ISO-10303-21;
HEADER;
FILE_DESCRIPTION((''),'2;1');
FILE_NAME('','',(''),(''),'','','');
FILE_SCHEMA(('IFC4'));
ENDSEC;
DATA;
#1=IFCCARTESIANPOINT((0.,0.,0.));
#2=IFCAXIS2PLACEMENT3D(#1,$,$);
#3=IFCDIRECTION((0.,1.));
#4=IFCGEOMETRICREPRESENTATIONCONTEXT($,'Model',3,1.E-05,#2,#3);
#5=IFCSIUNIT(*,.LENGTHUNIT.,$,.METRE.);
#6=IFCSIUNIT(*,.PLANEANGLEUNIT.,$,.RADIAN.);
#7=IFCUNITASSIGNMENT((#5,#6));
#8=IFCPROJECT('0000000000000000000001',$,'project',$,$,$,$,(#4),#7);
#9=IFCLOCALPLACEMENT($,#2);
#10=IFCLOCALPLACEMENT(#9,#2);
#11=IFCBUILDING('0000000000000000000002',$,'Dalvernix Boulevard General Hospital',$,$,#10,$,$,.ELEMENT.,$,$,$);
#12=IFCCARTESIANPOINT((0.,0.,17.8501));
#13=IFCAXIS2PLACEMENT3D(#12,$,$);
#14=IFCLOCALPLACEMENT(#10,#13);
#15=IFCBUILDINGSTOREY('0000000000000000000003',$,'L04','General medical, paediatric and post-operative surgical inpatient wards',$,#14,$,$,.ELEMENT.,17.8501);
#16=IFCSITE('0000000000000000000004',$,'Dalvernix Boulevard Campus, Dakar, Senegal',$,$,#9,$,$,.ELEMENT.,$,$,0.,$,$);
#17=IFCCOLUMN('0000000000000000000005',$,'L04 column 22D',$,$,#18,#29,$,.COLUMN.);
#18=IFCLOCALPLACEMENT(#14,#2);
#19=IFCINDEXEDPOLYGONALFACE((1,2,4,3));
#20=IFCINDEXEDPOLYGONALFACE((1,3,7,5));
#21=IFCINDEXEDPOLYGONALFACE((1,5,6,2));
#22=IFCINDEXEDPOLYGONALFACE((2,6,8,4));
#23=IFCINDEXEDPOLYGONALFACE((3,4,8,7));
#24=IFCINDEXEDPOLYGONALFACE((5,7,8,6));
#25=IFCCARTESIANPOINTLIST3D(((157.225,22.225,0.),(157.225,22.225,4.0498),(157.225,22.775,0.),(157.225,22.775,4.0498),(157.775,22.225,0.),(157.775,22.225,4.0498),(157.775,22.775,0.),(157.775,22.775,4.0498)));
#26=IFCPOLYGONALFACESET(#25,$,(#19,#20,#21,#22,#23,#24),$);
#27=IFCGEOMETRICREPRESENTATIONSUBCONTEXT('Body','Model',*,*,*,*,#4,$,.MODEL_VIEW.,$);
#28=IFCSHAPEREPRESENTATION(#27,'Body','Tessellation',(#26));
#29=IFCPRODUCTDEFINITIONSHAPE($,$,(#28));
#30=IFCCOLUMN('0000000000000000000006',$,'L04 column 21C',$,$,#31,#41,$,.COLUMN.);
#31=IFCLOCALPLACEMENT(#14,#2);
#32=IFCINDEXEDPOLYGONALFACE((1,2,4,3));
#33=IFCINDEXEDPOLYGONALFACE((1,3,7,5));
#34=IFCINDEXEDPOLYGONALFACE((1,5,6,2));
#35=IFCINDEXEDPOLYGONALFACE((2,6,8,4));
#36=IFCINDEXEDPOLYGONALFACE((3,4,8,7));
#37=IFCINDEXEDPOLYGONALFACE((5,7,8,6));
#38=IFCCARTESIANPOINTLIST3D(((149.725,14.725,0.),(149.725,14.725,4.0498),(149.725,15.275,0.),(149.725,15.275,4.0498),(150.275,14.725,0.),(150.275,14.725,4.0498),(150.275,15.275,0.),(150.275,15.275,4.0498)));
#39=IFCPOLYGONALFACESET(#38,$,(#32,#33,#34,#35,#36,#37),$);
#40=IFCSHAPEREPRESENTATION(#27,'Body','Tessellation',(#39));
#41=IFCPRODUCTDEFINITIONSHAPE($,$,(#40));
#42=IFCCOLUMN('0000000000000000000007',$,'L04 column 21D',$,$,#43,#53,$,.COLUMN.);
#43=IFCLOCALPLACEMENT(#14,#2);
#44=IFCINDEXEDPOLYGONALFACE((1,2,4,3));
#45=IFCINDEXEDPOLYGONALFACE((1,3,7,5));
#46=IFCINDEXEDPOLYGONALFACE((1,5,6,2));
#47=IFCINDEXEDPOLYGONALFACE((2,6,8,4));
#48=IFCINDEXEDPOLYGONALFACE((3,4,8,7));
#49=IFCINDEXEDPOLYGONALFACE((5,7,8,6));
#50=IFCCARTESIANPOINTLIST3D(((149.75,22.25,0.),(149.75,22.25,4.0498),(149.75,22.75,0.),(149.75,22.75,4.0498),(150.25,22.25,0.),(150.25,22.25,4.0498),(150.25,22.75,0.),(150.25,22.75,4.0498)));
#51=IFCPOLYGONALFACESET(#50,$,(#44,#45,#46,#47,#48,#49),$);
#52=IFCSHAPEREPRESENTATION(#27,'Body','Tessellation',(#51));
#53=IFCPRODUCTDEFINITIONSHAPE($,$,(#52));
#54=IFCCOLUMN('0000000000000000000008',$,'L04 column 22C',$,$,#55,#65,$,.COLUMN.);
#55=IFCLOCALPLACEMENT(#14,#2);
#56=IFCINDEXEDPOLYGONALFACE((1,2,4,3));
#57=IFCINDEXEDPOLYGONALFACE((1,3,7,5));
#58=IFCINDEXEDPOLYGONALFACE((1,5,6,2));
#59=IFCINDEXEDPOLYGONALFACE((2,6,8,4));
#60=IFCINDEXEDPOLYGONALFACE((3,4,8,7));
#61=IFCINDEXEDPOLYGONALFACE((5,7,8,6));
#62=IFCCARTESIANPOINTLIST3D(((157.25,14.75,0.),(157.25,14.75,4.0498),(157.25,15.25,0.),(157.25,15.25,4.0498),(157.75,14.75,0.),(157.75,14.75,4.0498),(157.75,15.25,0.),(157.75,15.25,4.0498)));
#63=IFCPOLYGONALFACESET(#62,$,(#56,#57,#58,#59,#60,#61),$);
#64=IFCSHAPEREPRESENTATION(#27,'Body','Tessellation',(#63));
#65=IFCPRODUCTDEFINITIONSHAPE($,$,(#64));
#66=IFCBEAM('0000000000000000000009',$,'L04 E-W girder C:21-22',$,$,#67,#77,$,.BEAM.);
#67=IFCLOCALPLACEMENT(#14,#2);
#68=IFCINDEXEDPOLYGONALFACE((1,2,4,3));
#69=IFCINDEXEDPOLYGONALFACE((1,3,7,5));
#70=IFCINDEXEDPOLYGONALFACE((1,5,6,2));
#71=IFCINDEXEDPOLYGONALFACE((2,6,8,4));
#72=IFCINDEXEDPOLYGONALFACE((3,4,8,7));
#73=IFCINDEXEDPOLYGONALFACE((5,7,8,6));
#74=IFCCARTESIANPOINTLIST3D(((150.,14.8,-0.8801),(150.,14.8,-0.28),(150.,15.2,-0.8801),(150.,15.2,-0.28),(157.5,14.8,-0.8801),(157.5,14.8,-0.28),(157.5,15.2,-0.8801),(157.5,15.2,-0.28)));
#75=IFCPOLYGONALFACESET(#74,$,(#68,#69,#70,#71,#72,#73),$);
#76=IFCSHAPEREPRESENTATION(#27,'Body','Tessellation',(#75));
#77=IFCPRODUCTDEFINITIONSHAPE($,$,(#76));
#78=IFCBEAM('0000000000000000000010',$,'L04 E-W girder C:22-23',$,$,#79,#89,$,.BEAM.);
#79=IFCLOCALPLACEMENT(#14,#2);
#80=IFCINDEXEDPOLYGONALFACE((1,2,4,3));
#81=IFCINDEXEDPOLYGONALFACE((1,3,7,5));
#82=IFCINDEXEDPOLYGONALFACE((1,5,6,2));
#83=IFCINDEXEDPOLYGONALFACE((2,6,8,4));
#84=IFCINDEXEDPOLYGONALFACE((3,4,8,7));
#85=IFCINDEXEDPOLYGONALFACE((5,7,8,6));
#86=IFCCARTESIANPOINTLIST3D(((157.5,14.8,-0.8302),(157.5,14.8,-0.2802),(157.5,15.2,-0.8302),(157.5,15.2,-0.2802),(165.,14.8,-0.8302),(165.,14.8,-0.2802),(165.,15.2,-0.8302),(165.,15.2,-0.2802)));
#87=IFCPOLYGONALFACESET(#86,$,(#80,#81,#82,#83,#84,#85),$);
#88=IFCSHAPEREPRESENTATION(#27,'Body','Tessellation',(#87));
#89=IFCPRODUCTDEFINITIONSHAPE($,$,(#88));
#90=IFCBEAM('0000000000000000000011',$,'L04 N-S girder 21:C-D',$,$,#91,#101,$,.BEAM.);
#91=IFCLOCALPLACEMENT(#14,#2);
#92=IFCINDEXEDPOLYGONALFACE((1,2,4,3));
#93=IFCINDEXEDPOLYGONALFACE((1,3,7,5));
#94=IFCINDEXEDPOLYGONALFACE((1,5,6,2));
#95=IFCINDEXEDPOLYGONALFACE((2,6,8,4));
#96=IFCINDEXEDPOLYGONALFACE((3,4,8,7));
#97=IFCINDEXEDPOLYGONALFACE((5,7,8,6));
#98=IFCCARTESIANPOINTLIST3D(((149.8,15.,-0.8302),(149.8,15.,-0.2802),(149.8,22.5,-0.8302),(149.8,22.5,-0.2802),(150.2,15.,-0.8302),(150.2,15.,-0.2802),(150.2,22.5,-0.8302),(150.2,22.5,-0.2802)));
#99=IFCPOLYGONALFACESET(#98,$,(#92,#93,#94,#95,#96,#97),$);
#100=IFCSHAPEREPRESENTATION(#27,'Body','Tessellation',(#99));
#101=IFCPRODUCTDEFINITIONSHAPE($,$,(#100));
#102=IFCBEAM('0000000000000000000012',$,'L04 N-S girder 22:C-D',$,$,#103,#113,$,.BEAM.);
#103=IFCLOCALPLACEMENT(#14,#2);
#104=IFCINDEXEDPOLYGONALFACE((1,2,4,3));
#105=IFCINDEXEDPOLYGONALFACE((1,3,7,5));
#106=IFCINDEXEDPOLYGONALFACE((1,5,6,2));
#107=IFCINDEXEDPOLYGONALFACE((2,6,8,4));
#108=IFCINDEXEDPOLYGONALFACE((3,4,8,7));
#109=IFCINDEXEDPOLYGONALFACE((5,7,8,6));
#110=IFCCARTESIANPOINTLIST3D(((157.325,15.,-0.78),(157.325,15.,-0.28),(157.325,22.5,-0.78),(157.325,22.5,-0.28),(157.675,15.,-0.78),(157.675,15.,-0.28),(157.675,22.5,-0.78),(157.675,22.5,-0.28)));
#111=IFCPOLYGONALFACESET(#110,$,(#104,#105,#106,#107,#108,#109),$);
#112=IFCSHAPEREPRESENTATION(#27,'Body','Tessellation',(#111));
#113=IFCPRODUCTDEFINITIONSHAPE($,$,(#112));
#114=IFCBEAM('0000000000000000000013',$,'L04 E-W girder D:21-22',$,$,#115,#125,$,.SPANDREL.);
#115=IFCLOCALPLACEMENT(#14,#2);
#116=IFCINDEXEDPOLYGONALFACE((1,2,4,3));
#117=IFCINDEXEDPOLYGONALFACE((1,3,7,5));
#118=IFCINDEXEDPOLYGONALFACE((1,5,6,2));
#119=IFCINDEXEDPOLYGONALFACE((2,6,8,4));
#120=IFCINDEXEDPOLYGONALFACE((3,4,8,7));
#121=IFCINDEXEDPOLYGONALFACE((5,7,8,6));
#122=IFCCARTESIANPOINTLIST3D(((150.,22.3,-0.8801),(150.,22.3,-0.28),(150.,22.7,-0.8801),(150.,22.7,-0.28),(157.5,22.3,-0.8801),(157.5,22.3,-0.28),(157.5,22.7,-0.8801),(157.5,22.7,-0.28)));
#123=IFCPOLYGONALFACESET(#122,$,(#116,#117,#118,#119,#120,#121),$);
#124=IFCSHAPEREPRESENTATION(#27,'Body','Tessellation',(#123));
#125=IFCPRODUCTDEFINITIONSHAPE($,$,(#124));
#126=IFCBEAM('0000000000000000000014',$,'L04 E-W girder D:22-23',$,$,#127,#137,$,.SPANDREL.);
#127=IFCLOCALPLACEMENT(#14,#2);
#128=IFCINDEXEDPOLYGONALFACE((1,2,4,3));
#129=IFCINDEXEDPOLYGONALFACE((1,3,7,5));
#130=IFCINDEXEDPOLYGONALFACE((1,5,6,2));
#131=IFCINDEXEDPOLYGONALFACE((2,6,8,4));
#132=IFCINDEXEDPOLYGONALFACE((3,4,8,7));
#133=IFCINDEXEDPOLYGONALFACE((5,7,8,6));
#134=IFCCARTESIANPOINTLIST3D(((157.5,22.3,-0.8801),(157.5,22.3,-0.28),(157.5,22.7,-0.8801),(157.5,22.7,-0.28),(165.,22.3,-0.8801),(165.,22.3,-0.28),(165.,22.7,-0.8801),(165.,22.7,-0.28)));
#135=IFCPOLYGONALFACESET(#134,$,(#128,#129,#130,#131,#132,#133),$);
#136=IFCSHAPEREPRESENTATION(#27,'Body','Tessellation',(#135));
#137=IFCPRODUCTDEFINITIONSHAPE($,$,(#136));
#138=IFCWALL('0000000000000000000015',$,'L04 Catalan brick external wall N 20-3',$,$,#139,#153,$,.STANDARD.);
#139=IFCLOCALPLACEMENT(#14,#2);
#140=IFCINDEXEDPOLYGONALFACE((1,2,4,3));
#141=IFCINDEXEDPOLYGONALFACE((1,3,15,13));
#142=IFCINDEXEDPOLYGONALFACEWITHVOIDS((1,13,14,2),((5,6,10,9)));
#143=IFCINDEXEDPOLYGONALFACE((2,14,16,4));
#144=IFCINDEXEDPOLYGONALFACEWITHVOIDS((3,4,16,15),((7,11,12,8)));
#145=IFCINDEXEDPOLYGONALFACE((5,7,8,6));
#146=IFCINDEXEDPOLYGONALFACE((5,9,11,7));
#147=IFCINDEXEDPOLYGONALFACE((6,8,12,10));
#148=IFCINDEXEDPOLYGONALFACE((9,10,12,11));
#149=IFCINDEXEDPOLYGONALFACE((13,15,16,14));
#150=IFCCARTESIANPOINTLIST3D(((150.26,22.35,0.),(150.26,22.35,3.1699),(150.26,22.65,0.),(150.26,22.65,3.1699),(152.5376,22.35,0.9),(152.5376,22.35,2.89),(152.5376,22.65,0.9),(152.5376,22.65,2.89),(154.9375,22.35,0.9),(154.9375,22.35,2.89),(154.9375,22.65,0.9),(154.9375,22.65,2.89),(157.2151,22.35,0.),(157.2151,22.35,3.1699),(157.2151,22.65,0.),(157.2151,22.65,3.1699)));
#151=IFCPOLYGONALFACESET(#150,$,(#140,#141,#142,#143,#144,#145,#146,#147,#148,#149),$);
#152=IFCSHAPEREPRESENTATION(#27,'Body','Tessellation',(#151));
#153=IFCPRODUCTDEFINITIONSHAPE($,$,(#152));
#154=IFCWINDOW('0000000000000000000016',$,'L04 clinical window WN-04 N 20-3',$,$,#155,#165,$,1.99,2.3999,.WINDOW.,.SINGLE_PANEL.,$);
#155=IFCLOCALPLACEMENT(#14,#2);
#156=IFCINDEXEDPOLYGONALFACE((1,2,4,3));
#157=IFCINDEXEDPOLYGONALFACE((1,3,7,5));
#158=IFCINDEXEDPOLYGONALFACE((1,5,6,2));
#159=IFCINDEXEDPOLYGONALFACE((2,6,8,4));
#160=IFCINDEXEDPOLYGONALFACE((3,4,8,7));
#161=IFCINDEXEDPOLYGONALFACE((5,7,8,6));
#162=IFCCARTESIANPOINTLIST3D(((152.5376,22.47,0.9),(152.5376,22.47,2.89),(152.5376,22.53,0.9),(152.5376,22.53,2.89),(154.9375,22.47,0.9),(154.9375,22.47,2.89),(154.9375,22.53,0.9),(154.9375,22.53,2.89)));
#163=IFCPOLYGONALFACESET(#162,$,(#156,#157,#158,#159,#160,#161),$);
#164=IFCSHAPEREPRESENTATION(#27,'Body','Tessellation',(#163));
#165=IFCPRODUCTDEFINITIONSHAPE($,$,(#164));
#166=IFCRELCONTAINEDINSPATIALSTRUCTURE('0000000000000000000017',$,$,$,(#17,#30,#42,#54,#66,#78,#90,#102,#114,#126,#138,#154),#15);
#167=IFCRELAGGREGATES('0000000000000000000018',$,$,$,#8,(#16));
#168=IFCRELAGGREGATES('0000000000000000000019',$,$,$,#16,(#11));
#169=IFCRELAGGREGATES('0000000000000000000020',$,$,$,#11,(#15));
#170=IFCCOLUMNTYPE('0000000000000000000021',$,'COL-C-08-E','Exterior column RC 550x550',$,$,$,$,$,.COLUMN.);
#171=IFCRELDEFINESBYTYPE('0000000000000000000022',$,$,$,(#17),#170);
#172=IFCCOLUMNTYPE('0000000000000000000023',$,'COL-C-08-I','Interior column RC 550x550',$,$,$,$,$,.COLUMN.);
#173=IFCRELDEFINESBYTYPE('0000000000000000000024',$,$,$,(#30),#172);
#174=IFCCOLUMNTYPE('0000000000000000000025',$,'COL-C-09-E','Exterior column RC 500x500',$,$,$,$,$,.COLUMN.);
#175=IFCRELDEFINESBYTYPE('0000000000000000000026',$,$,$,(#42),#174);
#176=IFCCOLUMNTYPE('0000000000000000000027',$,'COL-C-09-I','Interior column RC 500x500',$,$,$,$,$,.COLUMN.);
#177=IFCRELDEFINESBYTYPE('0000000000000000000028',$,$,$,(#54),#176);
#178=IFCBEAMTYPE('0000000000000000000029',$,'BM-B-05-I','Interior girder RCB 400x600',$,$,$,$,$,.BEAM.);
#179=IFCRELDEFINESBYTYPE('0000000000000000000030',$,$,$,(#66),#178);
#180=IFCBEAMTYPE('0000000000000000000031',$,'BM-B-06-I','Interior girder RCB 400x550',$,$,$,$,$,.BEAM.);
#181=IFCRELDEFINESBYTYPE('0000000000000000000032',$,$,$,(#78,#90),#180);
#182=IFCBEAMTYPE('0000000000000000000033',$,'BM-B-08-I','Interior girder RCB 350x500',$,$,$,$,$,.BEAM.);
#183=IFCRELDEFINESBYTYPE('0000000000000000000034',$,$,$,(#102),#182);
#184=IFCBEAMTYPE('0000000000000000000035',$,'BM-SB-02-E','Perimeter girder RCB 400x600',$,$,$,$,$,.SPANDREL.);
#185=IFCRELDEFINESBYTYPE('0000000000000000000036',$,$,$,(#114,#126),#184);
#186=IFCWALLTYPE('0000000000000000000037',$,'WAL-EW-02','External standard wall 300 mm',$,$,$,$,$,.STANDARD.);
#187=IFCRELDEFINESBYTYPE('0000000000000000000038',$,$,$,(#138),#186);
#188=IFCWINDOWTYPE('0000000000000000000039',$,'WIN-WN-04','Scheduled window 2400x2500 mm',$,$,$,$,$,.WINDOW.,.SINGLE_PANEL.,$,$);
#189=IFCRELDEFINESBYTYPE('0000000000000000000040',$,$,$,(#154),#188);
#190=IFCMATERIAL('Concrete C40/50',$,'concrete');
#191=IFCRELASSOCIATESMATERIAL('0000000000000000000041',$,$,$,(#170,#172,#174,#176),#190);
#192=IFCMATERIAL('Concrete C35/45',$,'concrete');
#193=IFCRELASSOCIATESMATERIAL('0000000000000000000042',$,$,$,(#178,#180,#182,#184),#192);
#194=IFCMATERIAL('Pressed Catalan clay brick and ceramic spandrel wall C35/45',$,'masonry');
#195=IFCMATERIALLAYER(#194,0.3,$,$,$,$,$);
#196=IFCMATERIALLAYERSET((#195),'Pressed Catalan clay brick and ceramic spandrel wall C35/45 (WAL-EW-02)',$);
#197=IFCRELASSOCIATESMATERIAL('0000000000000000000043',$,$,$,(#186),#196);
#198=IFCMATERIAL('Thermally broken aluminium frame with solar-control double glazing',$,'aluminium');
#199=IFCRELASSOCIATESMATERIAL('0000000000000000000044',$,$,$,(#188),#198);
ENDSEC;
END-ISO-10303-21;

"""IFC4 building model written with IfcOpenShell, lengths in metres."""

from ifc_helpers import new_model, si_unit, direction, frame, frame_2d, origin, origin_2d, place, context, subcontext, project, spatial, rectangle, extrude, material, layer, layer_set, material_profile, profile_set, type_object, element, fill, save


model = new_model("IFC4")

# Units and contexts
model_context = context("Model", 3, precision=1e-05, world=origin(), true_north=direction((0.0, 1.0)))
body_context = subcontext(model_context, "Body", "Model", "MODEL_VIEW")
ifc_project = project(units=[si_unit("LENGTHUNIT", "METRE"), si_unit("PLANEANGLEUNIT", "RADIAN")], contexts=[model_context])

# Site, building, storey
site_placement = place(None, origin())
site = spatial("IfcSite", under=ifc_project, at=site_placement, Name="Dalvernix Boulevard Campus, Dakar, Senegal", CompositionType="ELEMENT", RefElevation=0.0)
building_placement = place(site_placement, origin())
building = spatial("IfcBuilding", under=site, at=building_placement, Name="Dalvernix Boulevard General Hospital", CompositionType="ELEMENT")
storey_placement = place(building_placement, frame((0.0, 0.0, 17.8501)))
storey = spatial("IfcBuildingStorey", under=building, at=storey_placement, Name="L04", Description="General medical, paediatric and post-operative surgical inpatient wards", CompositionType="ELEMENT", Elevation=17.8501)

# Columns
ifc_material_1 = material(Name="Concrete C40/50", Category="concrete")
ifc_material_profile_1 = material_profile(ifc_material_1, rectangle(XDim=0.55, YDim=0.55, at=origin_2d()), Name="RC 550x550")
ifc_profile_set_1 = profile_set([ifc_material_profile_1], Name="Concrete C40/50")
column_type_1 = type_object("IfcColumnType", Name="COL-C-08-E", Description="Exterior column RC 550x550", PredefinedType="COLUMN", material=ifc_profile_set_1)
column_1_placement = place(storey_placement, frame((157.5, 22.5, 0.0), z_axis=(0.0, 0.0, 1.0), x_axis=(1.0, 0.0, 0.0)))
element("IfcColumn", 1, at=column_1_placement, inside=storey, type_object=column_type_1, Name="L04 column 22D", PredefinedType="COLUMN", context=body_context, shape_type="SweptSolid", body=[
    extrude(rectangle(XDim=0.55, YDim=0.55, at=origin_2d()), origin(), (0.0, 0.0, 1.0), 4.0498),
])
ifc_material_profile_2 = material_profile(ifc_material_1, rectangle(XDim=0.55, YDim=0.55, at=origin_2d()), Name="RC 550x550")
ifc_profile_set_2 = profile_set([ifc_material_profile_2], Name="Concrete C40/50")
column_type_2 = type_object("IfcColumnType", Name="COL-C-08-I", Description="Interior column RC 550x550", PredefinedType="COLUMN", material=ifc_profile_set_2)
column_2_placement = place(storey_placement, frame((150.0, 15.0, 0.0), z_axis=(0.0, 0.0, 1.0), x_axis=(1.0, 0.0, 0.0)))
element("IfcColumn", 2, at=column_2_placement, inside=storey, type_object=column_type_2, Name="L04 column 21C", PredefinedType="COLUMN", context=body_context, shape_type="SweptSolid", body=[
    extrude(rectangle(XDim=0.55, YDim=0.55, at=origin_2d()), origin(), (0.0, 0.0, 1.0), 4.0498),
])
ifc_material_profile_3 = material_profile(ifc_material_1, rectangle(XDim=0.5, YDim=0.5, at=origin_2d()), Name="RC 500x500")
ifc_profile_set_3 = profile_set([ifc_material_profile_3], Name="Concrete C40/50")
column_type_3 = type_object("IfcColumnType", Name="COL-C-09-E", Description="Exterior column RC 500x500", PredefinedType="COLUMN", material=ifc_profile_set_3)
column_3_placement = place(storey_placement, frame((150.0, 22.5, 0.0), z_axis=(0.0, 0.0, 1.0), x_axis=(1.0, 0.0, 0.0)))
element("IfcColumn", 3, at=column_3_placement, inside=storey, type_object=column_type_3, Name="L04 column 21D", PredefinedType="COLUMN", context=body_context, shape_type="SweptSolid", body=[
    extrude(rectangle(XDim=0.5, YDim=0.5, at=origin_2d()), origin(), (0.0, 0.0, 1.0), 4.0498),
])
ifc_material_profile_4 = material_profile(ifc_material_1, rectangle(XDim=0.5, YDim=0.5, at=origin_2d()), Name="RC 500x500")
ifc_profile_set_4 = profile_set([ifc_material_profile_4], Name="Concrete C40/50")
column_type_4 = type_object("IfcColumnType", Name="COL-C-09-I", Description="Interior column RC 500x500", PredefinedType="COLUMN", material=ifc_profile_set_4)
column_4_placement = place(storey_placement, frame((157.5, 15.0, 0.0), z_axis=(0.0, 0.0, 1.0), x_axis=(1.0, 0.0, 0.0)))
element("IfcColumn", 4, at=column_4_placement, inside=storey, type_object=column_type_4, Name="L04 column 22C", PredefinedType="COLUMN", context=body_context, shape_type="SweptSolid", body=[
    extrude(rectangle(XDim=0.5, YDim=0.5, at=origin_2d()), origin(), (0.0, 0.0, 1.0), 4.0498),
])

# Beams
ifc_material_2 = material(Name="Concrete C35/45", Category="concrete")
ifc_material_profile_5 = material_profile(ifc_material_2, rectangle(XDim=0.3999, YDim=0.6001, at=origin_2d()), Name="RCB 400x600")
ifc_profile_set_5 = profile_set([ifc_material_profile_5], Name="Concrete C35/45")
beam_type_1 = type_object("IfcBeamType", Name="BM-B-05-I", Description="Interior girder RCB 400x600", PredefinedType="BEAM", material=ifc_profile_set_5)
beam_1_placement = place(storey_placement, frame((150.0, 15.0, -0.5801), z_axis=(1.0, 0.0, 0.0), x_axis=(0.0, 1.0, 0.0)))
element("IfcBeam", 5, at=beam_1_placement, inside=storey, type_object=beam_type_1, Name="L04 E-W girder C:21-22", PredefinedType="BEAM", context=body_context, shape_type="SweptSolid", body=[
    extrude(rectangle(XDim=0.3999, YDim=0.6001, at=origin_2d()), origin(), (0.0, 0.0, 1.0), 7.5),
])
ifc_material_profile_6 = material_profile(ifc_material_2, rectangle(XDim=0.3999, YDim=0.55, at=origin_2d()), Name="RCB 400x550")
ifc_profile_set_6 = profile_set([ifc_material_profile_6], Name="Concrete C35/45")
beam_type_2 = type_object("IfcBeamType", Name="BM-B-06-I", Description="Interior girder RCB 400x550", PredefinedType="BEAM", material=ifc_profile_set_6)
for number, where, z_axis, x_axis, name in (
    (6, (157.5, 15.0, -0.5552), (1.0, 0.0, 0.0), (0.0, 1.0, 0.0), "L04 E-W girder C:22-23"),
    (7, (150.0, 15.0, -0.5552), (0.0, 1.0, 0.0), (-1.0, 0.0, 0.0), "L04 N-S girder 21:C-D"),
):
    element("IfcBeam", number, at=place(storey_placement, frame(where, z_axis=z_axis, x_axis=x_axis)), inside=storey, type_object=beam_type_2, Name=name, PredefinedType="BEAM", context=body_context, shape_type="SweptSolid", body=[
        extrude(rectangle(XDim=0.3999, YDim=0.55, at=origin_2d()), origin(), (0.0, 0.0, 1.0), 7.5),
    ])
ifc_material_profile_7 = material_profile(ifc_material_2, rectangle(XDim=0.3501, YDim=0.5, at=origin_2d()), Name="RCB 350x500")
ifc_profile_set_7 = profile_set([ifc_material_profile_7], Name="Concrete C35/45")
beam_type_3 = type_object("IfcBeamType", Name="BM-B-08-I", Description="Interior girder RCB 350x500", PredefinedType="BEAM", material=ifc_profile_set_7)
beam_2_placement = place(storey_placement, frame((157.5, 15.0, -0.53), z_axis=(0.0, 1.0, 0.0), x_axis=(-1.0, 0.0, 0.0)))
element("IfcBeam", 8, at=beam_2_placement, inside=storey, type_object=beam_type_3, Name="L04 N-S girder 22:C-D", PredefinedType="BEAM", context=body_context, shape_type="SweptSolid", body=[
    extrude(rectangle(XDim=0.3501, YDim=0.5, at=origin_2d()), origin(), (0.0, 0.0, 1.0), 7.5),
])
ifc_material_profile_8 = material_profile(ifc_material_2, rectangle(XDim=0.3999, YDim=0.6001, at=origin_2d()), Name="RCB 400x600")
ifc_profile_set_8 = profile_set([ifc_material_profile_8], Name="Concrete C35/45")
beam_type_4 = type_object("IfcBeamType", Name="BM-SB-02-E", Description="Perimeter girder RCB 400x600", PredefinedType="SPANDREL", material=ifc_profile_set_8)
for number, where, z_axis, x_axis, name in (
    (9, (150.0, 22.5, -0.5801), (1.0, 0.0, 0.0), (0.0, 1.0, 0.0), "L04 E-W girder D:21-22"),
    (10, (157.5, 22.5, -0.5801), (1.0, 0.0, 0.0), (0.0, 1.0, 0.0), "L04 E-W girder D:22-23"),
):
    element("IfcBeam", number, at=place(storey_placement, frame(where, z_axis=z_axis, x_axis=x_axis)), inside=storey, type_object=beam_type_4, Name=name, PredefinedType="SPANDREL", context=body_context, shape_type="SweptSolid", body=[
        extrude(rectangle(XDim=0.3999, YDim=0.6001, at=origin_2d()), origin(), (0.0, 0.0, 1.0), 7.5),
    ])

# Wall, opening, window
ifc_material_3 = material(Name="Pressed Catalan clay brick and ceramic spandrel wall C35/45", Category="masonry")
ifc_layer_1 = layer(ifc_material_3, 0.3)
ifc_layer_set_1 = layer_set([ifc_layer_1], Name="Pressed Catalan clay brick and ceramic spandrel wall C35/45 (WAL-EW-02)")
wall_type_1 = type_object("IfcWallType", Name="WAL-EW-02", Description="External standard wall 300 mm", PredefinedType="STANDARD", material=ifc_layer_set_1)
wall_1_placement = place(storey_placement, frame((150.26, 22.5, 0.0), z_axis=(0.0, 0.0, 1.0), x_axis=(1.0, 0.0, 0.0)))
wall_1 = element("IfcWall", 11, at=wall_1_placement, inside=storey, type_object=wall_type_1, Name="L04 Catalan brick external wall N 20-3", PredefinedType="STANDARD", context=body_context, shape_type="SweptSolid", body=[
    extrude(rectangle(XDim=6.9551, YDim=0.3, at=frame_2d((3.4775, 0.0))), origin(), (0.0, 0.0, 1.0), 3.1699),
])
opening_1_placement = place(wall_1_placement, frame((2.2776, 0.0, 0.8999)))
opening_1 = element("IfcOpeningElement", 12, at=opening_1_placement, cuts=wall_1, PredefinedType="OPENING", context=body_context, shape_type="SweptSolid", body=[
    extrude(rectangle(XDim=2.3999, YDim=1.99, at=frame_2d((1.2, 0.9951))), frame((0.0, 0.1599, 0.0), z_axis=(0.0, -1.0, 0.0), x_axis=(1.0, 0.0, 0.0)), (0.0, 0.0, 1.0), 0.3201),
])
ifc_material_4 = material(Name="Thermally broken aluminium frame with solar-control double glazing", Category="aluminium")
window_type_1 = type_object("IfcWindowType", Name="WIN-WN-04", Description="Scheduled window 2400x2500 mm", PartitioningType="SINGLE_PANEL", PredefinedType="WINDOW", material=ifc_material_4)
window_1_placement = place(opening_1_placement, origin())
window_1 = element("IfcWindow", 13, at=window_1_placement, inside=storey, type_object=window_type_1, Name="L04 clinical window WN-04 N 20-3", OverallHeight=1.99, OverallWidth=2.3999, PartitioningType="SINGLE_PANEL", PredefinedType="WINDOW", context=body_context, shape_type="SweptSolid", body=[
    extrude(rectangle(XDim=2.3999, YDim=1.99, at=frame_2d((1.2, 0.9951))), frame((0.0, 0.03, 0.0), z_axis=(0.0, -1.0, 0.0), x_axis=(1.0, 0.0, 0.0)), (0.0, 0.0, 1.0), 0.0601),
])
fill(opening_1, window_1)

save(model, "model.ifc")
